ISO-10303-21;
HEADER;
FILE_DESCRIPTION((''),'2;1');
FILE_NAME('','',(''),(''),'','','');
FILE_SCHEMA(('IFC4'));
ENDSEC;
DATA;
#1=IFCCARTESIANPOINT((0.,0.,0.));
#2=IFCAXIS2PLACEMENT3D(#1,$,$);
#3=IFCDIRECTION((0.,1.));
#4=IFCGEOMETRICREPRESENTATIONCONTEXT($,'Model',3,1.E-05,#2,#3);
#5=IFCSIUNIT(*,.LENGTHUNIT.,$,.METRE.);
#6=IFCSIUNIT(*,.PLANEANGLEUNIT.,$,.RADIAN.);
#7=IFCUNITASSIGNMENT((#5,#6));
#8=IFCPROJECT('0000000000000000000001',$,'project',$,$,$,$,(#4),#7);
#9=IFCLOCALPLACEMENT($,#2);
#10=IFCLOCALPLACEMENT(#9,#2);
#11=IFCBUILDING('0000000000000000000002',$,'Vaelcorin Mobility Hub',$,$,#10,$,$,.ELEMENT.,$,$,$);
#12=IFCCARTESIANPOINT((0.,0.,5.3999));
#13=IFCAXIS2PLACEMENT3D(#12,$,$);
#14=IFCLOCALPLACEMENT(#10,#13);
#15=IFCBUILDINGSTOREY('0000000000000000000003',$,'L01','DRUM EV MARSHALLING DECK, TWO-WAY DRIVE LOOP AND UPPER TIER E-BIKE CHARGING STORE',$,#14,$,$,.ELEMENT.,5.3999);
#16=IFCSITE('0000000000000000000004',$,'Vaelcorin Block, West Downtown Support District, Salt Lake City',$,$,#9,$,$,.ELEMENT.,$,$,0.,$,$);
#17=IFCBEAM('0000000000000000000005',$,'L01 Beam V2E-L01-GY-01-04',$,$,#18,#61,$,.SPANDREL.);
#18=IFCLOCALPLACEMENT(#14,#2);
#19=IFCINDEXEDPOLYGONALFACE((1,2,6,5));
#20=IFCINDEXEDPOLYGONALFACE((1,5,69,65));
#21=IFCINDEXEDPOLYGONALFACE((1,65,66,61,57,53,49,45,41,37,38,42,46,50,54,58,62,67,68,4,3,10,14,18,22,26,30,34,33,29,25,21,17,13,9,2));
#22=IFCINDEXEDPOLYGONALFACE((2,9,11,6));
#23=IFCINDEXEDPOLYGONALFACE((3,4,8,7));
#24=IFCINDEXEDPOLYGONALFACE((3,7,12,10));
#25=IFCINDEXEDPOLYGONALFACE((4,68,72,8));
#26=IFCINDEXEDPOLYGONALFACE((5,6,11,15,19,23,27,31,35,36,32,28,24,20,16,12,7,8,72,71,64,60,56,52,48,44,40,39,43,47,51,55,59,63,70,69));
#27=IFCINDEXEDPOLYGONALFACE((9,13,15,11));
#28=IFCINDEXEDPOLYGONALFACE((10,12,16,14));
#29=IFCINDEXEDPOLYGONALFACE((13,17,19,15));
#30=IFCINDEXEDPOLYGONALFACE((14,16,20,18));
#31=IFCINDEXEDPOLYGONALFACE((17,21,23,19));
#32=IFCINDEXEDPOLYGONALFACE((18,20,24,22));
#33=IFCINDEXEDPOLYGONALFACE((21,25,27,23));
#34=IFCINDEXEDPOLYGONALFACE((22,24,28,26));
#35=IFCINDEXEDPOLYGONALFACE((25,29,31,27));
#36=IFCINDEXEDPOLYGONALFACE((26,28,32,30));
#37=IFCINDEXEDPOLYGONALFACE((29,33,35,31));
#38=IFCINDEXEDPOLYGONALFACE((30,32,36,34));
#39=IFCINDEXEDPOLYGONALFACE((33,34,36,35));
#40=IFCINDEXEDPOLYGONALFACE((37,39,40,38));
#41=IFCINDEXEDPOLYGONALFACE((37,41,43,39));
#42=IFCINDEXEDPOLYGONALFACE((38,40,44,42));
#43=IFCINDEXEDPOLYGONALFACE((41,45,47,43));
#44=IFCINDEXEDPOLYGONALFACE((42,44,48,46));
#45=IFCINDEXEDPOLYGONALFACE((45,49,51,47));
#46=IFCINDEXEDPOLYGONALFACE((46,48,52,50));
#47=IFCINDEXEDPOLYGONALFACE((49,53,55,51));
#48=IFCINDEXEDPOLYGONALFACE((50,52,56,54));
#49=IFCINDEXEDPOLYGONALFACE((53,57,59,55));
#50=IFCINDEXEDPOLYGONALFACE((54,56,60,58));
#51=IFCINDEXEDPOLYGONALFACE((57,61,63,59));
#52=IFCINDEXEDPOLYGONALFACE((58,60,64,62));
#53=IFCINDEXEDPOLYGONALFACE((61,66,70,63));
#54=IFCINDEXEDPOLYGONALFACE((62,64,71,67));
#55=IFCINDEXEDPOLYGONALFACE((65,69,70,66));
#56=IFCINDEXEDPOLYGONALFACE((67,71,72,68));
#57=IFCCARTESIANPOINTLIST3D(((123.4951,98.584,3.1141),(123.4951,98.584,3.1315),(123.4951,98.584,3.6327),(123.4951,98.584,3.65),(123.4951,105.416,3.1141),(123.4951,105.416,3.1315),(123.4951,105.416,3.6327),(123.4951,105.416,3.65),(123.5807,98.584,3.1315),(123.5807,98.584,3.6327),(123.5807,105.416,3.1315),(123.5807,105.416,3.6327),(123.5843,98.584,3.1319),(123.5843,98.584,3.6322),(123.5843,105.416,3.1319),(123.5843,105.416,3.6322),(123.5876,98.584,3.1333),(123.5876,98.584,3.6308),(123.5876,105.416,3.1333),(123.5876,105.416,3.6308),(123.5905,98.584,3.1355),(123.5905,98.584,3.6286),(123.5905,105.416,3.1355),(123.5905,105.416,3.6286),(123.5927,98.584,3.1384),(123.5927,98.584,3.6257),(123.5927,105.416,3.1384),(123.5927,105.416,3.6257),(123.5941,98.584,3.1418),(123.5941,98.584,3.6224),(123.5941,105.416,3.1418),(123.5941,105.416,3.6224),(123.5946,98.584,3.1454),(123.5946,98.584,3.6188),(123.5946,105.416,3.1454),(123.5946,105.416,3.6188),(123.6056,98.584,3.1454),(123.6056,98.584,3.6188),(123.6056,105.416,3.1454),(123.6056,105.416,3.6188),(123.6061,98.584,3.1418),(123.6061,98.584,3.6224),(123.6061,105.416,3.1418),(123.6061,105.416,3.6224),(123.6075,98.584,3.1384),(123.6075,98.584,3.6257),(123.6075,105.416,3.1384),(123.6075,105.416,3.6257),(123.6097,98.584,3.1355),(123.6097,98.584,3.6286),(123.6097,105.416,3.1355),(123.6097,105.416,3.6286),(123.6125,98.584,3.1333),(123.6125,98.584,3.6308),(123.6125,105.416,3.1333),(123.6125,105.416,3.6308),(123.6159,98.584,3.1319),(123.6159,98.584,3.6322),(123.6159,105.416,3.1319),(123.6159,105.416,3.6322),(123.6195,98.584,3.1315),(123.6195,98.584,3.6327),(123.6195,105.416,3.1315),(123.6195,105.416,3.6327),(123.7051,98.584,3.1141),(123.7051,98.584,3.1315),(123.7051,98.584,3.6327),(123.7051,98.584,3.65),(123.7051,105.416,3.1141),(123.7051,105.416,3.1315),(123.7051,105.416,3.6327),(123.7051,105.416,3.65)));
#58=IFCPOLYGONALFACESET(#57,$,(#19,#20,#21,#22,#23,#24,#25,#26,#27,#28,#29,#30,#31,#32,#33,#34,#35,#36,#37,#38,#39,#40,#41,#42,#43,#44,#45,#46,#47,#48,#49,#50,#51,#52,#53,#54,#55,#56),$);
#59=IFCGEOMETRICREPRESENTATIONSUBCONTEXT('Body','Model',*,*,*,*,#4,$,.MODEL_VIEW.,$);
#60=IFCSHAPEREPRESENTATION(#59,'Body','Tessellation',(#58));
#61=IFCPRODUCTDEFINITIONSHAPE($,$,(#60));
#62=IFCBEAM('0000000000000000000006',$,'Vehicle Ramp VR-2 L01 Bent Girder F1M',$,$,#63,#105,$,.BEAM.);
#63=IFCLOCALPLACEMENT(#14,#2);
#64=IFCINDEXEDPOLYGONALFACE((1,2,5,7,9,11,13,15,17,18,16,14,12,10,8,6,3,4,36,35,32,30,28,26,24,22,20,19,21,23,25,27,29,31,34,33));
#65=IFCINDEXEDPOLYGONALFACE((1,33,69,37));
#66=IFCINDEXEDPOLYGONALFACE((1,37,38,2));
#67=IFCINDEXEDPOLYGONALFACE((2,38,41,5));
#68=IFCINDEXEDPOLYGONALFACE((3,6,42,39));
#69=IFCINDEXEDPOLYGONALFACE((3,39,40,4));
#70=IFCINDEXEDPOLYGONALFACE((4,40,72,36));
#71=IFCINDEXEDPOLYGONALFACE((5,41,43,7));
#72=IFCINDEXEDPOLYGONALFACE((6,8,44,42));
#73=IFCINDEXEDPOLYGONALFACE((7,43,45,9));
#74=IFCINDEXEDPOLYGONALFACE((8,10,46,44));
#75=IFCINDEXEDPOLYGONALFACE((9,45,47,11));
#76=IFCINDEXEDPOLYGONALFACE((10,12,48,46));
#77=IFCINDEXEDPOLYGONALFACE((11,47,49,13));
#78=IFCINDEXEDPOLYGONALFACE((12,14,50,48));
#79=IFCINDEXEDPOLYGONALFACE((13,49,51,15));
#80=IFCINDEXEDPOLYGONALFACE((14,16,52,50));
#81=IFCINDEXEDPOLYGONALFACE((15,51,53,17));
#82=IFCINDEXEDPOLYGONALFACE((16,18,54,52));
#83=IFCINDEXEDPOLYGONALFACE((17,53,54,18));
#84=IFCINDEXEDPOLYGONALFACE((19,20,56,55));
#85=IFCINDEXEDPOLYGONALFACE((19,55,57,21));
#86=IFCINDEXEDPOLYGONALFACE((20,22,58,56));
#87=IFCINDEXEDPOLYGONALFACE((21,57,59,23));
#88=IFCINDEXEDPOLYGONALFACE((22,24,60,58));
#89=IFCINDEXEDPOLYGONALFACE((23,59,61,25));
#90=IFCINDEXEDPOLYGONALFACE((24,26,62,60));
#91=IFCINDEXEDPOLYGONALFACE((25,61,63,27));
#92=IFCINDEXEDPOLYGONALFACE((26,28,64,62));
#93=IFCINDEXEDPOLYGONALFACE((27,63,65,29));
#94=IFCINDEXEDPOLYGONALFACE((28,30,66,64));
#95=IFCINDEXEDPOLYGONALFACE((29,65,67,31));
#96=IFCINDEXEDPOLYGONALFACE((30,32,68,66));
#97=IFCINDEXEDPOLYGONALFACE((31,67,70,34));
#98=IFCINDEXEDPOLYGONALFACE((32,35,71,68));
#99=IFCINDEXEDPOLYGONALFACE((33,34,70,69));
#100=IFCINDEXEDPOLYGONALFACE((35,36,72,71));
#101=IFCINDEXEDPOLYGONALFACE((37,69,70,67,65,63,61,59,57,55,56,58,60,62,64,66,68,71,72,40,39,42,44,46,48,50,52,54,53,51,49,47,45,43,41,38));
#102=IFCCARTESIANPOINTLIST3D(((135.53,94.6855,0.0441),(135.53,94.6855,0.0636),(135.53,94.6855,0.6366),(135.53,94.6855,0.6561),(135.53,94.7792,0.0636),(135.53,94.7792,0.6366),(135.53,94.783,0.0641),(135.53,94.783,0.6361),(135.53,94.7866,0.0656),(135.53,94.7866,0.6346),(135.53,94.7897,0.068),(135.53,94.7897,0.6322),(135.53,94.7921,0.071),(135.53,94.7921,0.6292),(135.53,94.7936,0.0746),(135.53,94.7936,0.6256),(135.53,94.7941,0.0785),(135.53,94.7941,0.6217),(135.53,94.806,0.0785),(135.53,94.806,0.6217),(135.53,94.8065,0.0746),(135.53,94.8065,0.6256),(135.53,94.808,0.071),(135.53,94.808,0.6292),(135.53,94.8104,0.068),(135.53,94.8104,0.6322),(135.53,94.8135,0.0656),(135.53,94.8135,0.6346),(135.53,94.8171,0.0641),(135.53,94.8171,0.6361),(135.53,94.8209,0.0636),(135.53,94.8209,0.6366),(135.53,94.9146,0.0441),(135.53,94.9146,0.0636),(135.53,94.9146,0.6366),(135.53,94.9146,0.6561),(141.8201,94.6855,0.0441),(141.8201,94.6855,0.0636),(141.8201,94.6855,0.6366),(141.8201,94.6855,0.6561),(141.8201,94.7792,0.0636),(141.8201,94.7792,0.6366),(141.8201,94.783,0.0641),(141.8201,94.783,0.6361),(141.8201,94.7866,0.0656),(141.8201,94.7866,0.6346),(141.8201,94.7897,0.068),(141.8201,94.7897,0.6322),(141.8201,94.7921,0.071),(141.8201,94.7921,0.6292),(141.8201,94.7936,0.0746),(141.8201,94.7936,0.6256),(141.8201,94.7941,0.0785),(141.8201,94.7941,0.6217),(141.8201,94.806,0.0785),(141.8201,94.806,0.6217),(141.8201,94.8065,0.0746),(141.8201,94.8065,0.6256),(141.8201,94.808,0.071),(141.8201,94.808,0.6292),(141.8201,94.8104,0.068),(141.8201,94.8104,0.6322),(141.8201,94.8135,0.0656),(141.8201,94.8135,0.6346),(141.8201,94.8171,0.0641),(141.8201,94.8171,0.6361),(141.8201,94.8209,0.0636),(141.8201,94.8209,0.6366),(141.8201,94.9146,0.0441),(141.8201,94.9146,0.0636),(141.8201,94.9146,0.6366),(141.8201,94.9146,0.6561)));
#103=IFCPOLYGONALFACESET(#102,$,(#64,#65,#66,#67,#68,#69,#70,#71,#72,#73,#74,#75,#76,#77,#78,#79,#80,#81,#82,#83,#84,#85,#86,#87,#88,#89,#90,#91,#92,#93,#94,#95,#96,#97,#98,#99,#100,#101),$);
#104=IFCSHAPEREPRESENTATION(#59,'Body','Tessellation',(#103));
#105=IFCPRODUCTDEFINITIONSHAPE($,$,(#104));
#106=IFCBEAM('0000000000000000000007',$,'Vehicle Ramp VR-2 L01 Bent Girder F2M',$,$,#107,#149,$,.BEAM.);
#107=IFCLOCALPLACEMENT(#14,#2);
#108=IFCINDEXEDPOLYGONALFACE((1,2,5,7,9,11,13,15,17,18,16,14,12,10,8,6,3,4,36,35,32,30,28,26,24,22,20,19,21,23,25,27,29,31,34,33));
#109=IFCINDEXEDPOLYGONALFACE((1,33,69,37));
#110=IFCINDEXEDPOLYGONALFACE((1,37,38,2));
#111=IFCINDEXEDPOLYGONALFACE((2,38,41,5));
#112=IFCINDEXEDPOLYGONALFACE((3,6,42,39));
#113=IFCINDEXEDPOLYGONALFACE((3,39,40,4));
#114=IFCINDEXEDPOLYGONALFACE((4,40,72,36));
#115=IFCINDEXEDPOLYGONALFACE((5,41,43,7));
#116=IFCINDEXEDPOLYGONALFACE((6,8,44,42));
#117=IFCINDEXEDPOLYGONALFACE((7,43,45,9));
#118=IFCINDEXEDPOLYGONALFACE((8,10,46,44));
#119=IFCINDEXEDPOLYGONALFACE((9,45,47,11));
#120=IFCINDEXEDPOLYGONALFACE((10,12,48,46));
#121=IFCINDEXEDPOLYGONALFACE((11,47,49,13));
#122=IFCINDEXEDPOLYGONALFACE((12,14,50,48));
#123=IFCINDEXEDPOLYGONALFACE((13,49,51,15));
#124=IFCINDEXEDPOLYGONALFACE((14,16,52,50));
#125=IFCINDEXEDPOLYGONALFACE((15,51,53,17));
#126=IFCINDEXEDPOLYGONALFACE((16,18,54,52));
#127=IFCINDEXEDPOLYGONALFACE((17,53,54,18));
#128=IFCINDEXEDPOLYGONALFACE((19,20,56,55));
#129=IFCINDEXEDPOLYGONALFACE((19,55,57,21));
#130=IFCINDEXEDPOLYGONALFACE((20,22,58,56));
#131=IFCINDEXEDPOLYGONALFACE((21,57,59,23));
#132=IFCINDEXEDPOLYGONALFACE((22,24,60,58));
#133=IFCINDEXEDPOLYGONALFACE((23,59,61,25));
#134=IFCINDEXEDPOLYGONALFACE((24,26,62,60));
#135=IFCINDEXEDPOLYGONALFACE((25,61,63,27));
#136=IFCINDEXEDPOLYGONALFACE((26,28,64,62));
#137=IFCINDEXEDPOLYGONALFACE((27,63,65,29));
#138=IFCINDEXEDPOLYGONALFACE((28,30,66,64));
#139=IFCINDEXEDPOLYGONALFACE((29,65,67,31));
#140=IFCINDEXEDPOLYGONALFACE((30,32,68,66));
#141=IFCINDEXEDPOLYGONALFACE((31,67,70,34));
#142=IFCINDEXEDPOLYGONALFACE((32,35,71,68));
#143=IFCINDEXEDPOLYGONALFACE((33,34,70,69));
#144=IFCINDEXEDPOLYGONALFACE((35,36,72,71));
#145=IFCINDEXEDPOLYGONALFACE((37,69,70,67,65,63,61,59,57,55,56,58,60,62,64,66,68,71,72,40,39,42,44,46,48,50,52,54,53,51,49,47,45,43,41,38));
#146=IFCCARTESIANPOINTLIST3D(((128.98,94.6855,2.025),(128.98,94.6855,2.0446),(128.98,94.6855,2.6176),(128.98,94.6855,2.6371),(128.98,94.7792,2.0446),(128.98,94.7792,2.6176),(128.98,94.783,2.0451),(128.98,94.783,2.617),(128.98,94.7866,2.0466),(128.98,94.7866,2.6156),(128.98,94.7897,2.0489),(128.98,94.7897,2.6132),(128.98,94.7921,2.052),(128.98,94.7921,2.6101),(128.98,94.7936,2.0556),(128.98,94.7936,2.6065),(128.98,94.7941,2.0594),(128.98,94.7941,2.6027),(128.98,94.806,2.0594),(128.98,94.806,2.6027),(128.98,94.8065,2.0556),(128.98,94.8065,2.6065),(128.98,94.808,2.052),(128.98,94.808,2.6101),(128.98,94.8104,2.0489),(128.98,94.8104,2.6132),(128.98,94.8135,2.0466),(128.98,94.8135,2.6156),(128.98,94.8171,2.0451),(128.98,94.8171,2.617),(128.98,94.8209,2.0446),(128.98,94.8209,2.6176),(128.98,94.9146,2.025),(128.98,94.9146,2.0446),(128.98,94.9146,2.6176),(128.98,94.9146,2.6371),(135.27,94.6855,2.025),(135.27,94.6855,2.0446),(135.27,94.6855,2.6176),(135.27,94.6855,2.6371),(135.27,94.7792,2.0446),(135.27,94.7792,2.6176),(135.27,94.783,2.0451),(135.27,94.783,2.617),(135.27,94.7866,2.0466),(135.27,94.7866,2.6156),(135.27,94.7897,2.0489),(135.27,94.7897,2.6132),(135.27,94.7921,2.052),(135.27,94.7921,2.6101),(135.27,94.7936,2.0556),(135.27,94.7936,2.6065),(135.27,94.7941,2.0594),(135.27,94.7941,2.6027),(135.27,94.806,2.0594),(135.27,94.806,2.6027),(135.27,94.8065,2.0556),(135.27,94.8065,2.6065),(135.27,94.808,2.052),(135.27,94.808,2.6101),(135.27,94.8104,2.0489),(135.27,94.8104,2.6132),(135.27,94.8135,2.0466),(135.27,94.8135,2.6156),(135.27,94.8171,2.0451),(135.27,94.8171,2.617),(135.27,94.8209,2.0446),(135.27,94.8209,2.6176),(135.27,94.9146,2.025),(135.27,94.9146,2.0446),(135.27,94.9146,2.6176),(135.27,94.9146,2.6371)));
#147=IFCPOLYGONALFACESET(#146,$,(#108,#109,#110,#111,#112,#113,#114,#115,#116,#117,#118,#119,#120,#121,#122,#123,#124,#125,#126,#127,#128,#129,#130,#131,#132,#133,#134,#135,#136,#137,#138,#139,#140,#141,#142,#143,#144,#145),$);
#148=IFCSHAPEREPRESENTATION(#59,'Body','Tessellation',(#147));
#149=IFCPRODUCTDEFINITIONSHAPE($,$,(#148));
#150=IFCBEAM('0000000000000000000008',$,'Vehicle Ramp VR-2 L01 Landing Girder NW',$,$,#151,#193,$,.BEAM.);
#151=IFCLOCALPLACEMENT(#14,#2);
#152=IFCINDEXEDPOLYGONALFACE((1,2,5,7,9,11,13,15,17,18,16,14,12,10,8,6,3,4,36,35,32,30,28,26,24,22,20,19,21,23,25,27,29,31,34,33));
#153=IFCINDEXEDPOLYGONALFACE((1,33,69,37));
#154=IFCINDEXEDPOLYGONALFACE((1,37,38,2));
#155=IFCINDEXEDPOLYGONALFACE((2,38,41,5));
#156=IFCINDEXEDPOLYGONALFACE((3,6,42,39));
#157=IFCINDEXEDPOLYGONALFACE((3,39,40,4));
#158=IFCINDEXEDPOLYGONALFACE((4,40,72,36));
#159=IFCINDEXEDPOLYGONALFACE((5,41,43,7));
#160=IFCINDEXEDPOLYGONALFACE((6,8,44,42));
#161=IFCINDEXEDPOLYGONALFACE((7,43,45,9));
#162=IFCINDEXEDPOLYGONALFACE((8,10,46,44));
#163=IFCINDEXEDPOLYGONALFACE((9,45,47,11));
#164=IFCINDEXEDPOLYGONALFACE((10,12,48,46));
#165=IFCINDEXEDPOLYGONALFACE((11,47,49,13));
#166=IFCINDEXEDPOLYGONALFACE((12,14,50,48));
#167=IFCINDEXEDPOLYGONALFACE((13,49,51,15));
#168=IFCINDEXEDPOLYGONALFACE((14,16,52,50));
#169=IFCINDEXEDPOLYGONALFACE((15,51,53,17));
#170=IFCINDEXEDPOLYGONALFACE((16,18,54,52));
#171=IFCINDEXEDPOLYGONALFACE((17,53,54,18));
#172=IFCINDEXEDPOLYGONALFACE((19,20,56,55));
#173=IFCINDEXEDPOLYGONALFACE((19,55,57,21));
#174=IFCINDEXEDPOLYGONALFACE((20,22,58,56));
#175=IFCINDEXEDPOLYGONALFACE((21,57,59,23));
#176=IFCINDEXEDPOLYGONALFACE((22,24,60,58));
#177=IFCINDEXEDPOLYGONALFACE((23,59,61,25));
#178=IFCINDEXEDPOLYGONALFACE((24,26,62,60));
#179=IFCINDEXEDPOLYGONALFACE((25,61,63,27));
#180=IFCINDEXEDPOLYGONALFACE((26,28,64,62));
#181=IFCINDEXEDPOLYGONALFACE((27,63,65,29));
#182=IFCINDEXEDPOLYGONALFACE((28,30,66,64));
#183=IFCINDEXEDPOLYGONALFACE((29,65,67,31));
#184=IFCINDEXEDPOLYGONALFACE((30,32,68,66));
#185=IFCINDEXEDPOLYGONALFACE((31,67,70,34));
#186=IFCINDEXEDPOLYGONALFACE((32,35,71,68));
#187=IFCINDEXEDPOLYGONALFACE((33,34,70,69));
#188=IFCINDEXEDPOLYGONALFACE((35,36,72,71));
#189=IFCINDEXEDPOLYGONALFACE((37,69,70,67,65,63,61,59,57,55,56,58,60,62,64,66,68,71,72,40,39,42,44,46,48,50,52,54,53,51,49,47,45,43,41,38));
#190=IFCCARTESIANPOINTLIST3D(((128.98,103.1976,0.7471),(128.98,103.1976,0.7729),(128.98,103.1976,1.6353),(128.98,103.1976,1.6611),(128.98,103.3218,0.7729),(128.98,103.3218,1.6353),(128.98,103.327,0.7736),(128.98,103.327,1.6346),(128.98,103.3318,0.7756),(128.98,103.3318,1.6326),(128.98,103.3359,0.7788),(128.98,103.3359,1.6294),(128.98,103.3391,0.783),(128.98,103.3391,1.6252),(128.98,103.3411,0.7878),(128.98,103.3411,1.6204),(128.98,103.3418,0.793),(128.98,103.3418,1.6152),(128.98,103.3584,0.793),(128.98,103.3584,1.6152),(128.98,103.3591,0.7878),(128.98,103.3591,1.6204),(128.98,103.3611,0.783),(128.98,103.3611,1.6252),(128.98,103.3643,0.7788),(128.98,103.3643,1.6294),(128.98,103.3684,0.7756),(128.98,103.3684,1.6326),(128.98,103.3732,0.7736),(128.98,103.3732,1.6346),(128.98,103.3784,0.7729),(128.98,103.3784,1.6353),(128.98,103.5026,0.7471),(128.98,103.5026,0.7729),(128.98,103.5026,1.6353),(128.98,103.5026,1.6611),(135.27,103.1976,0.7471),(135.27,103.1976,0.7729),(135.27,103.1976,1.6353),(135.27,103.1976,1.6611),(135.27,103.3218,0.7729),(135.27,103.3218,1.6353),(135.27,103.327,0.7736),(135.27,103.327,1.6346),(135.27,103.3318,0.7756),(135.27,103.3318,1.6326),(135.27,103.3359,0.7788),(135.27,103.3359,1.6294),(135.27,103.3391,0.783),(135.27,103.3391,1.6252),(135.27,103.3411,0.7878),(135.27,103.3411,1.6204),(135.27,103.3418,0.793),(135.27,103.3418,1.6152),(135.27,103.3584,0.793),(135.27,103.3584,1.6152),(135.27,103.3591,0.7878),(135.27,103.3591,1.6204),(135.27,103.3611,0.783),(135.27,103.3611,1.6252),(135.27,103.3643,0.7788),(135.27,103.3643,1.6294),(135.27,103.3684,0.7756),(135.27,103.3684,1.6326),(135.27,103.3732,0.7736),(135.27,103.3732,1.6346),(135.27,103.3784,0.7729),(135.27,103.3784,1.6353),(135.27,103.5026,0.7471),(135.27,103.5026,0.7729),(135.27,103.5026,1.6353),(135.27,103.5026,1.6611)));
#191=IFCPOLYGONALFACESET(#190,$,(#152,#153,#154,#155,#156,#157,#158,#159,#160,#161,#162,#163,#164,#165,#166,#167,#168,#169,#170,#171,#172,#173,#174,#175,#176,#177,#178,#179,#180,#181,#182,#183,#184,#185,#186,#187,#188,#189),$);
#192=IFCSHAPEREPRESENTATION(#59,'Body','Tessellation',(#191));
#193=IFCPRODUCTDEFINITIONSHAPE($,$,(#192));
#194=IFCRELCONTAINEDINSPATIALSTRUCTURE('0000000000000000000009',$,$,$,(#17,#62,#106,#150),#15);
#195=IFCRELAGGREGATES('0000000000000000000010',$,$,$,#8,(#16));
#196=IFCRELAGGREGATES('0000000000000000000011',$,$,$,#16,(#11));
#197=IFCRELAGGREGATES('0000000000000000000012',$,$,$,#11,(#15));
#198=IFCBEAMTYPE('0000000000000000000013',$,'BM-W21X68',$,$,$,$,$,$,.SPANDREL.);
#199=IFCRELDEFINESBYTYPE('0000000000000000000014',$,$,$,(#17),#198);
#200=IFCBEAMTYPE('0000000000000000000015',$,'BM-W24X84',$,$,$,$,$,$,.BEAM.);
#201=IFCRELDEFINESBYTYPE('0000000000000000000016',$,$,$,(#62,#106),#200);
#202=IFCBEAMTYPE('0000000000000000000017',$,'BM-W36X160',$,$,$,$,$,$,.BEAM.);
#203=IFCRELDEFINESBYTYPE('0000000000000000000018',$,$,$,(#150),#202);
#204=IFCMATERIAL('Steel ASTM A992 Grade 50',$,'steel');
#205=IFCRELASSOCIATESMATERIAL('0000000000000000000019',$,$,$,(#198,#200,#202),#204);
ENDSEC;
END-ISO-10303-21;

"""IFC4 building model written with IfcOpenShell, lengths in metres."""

from ifc_helpers import new_model, si_unit, direction, frame, origin, origin_2d, place, context, subcontext, project, spatial, i_section, extrude, material, material_profile, profile_set, type_object, element, save


model = new_model("IFC4")

# Units and contexts
model_context = context("Model", 3, precision=1e-05, world=origin(), true_north=direction((0.0, 1.0)))
body_context = subcontext(model_context, "Body", "Model", "MODEL_VIEW")
ifc_project = project(units=[si_unit("LENGTHUNIT", "METRE"), si_unit("PLANEANGLEUNIT", "RADIAN")], contexts=[model_context])

# Site, building, storey
site_placement = place(None, origin())
site = spatial("IfcSite", under=ifc_project, at=site_placement, Name="Vaelcorin Block, West Downtown Support District, Salt Lake City", CompositionType="ELEMENT", RefElevation=0.0)
building_placement = place(site_placement, origin())
building = spatial("IfcBuilding", under=site, at=building_placement, Name="Vaelcorin Mobility Hub", CompositionType="ELEMENT")
storey_placement = place(building_placement, frame((0.0, 0.0, 5.3999)))
storey = spatial("IfcBuildingStorey", under=building, at=storey_placement, Name="L01", Description="DRUM EV MARSHALLING DECK, TWO-WAY DRIVE LOOP AND UPPER TIER E-BIKE CHARGING STORE", CompositionType="ELEMENT", Elevation=5.3999)

# Shared definitions
ifc_material_1 = material(Name="Steel ASTM A992 Grade 50", Category="steel")

# Beams
ifc_material_profile_1 = material_profile(ifc_material_1, i_section(OverallWidth=0.21, OverallDepth=0.5359, WebThickness=0.011, FlangeThickness=0.0173, FilletRadius=0.0139, at=origin_2d()), Name="W21X68")
ifc_profile_set_1 = profile_set([ifc_material_profile_1], Name="Steel ASTM A992 Grade 50")
beam_type_1 = type_object("IfcBeamType", Name="BM-W21X68", PredefinedType="SPANDREL", material=ifc_profile_set_1)
for number, where, z_axis, x_axis, name in (
    (1, (123.6001, 98.584, 3.3821), (0.0, 1.0, 0.0), (-1.0, 0.0, 0.0), "L01 Beam V2E-L01-GY-01-04"),
):
    element("IfcBeam", number, at=place(storey_placement, frame(where, z_axis=z_axis, x_axis=x_axis)), inside=storey, type_object=beam_type_1, Name=name, PredefinedType="SPANDREL", context=body_context, shape_type="SweptSolid", body=[
        extrude(i_section(OverallWidth=0.21, OverallDepth=0.5359, WebThickness=0.011, FlangeThickness=0.0173, FilletRadius=0.0139, at=origin_2d()), origin(), (0.0, 0.0, 1.0), 6.832),
    ])
ifc_material_profile_2 = material_profile(ifc_material_1, i_section(OverallWidth=0.229, OverallDepth=0.6121, WebThickness=0.012, FlangeThickness=0.0195, FilletRadius=0.0149, at=origin_2d()), Name="W24X84")
ifc_profile_set_2 = profile_set([ifc_material_profile_2], Name="Steel ASTM A992 Grade 50")
beam_type_2 = type_object("IfcBeamType", Name="BM-W24X84", PredefinedType="BEAM", material=ifc_profile_set_2)
for number, where, z_axis, x_axis, name in (
    (2, (135.53, 94.8, 0.3501), (1.0, 0.0, 0.0), (0.0, 1.0, 0.0), "Vehicle Ramp VR-2 L01 Bent Girder F1M"),
    (3, (128.98, 94.8, 2.3311), (1.0, 0.0, 0.0), (0.0, 1.0, 0.0), "Vehicle Ramp VR-2 L01 Bent Girder F2M"),
):
    element("IfcBeam", number, at=place(storey_placement, frame(where, z_axis=z_axis, x_axis=x_axis)), inside=storey, type_object=beam_type_2, Name=name, PredefinedType="BEAM", context=body_context, shape_type="SweptSolid", body=[
        extrude(i_section(OverallWidth=0.229, OverallDepth=0.6121, WebThickness=0.012, FlangeThickness=0.0195, FilletRadius=0.0149, at=origin_2d()), origin(), (0.0, 0.0, 1.0), 6.29),
    ])
ifc_material_profile_3 = material_profile(ifc_material_1, i_section(OverallWidth=0.3049, OverallDepth=0.9141, WebThickness=0.0166, FlangeThickness=0.0259, FilletRadius=0.02, at=origin_2d()), Name="W36X160")
ifc_profile_set_3 = profile_set([ifc_material_profile_3], Name="Steel ASTM A992 Grade 50")
beam_type_3 = type_object("IfcBeamType", Name="BM-W36X160", PredefinedType="BEAM", material=ifc_profile_set_3)
for number, where, z_axis, x_axis, name in (
    (4, (128.98, 103.3501, 1.2041), (1.0, 0.0, 0.0), (0.0, 1.0, 0.0), "Vehicle Ramp VR-2 L01 Landing Girder NW"),
):
    element("IfcBeam", number, at=place(storey_placement, frame(where, z_axis=z_axis, x_axis=x_axis)), inside=storey, type_object=beam_type_3, Name=name, PredefinedType="BEAM", context=body_context, shape_type="SweptSolid", body=[
        extrude(i_section(OverallWidth=0.3049, OverallDepth=0.9141, WebThickness=0.0166, FlangeThickness=0.0259, FilletRadius=0.02, at=origin_2d()), origin(), (0.0, 0.0, 1.0), 6.29),
    ])

save(model, "model.ifc")
